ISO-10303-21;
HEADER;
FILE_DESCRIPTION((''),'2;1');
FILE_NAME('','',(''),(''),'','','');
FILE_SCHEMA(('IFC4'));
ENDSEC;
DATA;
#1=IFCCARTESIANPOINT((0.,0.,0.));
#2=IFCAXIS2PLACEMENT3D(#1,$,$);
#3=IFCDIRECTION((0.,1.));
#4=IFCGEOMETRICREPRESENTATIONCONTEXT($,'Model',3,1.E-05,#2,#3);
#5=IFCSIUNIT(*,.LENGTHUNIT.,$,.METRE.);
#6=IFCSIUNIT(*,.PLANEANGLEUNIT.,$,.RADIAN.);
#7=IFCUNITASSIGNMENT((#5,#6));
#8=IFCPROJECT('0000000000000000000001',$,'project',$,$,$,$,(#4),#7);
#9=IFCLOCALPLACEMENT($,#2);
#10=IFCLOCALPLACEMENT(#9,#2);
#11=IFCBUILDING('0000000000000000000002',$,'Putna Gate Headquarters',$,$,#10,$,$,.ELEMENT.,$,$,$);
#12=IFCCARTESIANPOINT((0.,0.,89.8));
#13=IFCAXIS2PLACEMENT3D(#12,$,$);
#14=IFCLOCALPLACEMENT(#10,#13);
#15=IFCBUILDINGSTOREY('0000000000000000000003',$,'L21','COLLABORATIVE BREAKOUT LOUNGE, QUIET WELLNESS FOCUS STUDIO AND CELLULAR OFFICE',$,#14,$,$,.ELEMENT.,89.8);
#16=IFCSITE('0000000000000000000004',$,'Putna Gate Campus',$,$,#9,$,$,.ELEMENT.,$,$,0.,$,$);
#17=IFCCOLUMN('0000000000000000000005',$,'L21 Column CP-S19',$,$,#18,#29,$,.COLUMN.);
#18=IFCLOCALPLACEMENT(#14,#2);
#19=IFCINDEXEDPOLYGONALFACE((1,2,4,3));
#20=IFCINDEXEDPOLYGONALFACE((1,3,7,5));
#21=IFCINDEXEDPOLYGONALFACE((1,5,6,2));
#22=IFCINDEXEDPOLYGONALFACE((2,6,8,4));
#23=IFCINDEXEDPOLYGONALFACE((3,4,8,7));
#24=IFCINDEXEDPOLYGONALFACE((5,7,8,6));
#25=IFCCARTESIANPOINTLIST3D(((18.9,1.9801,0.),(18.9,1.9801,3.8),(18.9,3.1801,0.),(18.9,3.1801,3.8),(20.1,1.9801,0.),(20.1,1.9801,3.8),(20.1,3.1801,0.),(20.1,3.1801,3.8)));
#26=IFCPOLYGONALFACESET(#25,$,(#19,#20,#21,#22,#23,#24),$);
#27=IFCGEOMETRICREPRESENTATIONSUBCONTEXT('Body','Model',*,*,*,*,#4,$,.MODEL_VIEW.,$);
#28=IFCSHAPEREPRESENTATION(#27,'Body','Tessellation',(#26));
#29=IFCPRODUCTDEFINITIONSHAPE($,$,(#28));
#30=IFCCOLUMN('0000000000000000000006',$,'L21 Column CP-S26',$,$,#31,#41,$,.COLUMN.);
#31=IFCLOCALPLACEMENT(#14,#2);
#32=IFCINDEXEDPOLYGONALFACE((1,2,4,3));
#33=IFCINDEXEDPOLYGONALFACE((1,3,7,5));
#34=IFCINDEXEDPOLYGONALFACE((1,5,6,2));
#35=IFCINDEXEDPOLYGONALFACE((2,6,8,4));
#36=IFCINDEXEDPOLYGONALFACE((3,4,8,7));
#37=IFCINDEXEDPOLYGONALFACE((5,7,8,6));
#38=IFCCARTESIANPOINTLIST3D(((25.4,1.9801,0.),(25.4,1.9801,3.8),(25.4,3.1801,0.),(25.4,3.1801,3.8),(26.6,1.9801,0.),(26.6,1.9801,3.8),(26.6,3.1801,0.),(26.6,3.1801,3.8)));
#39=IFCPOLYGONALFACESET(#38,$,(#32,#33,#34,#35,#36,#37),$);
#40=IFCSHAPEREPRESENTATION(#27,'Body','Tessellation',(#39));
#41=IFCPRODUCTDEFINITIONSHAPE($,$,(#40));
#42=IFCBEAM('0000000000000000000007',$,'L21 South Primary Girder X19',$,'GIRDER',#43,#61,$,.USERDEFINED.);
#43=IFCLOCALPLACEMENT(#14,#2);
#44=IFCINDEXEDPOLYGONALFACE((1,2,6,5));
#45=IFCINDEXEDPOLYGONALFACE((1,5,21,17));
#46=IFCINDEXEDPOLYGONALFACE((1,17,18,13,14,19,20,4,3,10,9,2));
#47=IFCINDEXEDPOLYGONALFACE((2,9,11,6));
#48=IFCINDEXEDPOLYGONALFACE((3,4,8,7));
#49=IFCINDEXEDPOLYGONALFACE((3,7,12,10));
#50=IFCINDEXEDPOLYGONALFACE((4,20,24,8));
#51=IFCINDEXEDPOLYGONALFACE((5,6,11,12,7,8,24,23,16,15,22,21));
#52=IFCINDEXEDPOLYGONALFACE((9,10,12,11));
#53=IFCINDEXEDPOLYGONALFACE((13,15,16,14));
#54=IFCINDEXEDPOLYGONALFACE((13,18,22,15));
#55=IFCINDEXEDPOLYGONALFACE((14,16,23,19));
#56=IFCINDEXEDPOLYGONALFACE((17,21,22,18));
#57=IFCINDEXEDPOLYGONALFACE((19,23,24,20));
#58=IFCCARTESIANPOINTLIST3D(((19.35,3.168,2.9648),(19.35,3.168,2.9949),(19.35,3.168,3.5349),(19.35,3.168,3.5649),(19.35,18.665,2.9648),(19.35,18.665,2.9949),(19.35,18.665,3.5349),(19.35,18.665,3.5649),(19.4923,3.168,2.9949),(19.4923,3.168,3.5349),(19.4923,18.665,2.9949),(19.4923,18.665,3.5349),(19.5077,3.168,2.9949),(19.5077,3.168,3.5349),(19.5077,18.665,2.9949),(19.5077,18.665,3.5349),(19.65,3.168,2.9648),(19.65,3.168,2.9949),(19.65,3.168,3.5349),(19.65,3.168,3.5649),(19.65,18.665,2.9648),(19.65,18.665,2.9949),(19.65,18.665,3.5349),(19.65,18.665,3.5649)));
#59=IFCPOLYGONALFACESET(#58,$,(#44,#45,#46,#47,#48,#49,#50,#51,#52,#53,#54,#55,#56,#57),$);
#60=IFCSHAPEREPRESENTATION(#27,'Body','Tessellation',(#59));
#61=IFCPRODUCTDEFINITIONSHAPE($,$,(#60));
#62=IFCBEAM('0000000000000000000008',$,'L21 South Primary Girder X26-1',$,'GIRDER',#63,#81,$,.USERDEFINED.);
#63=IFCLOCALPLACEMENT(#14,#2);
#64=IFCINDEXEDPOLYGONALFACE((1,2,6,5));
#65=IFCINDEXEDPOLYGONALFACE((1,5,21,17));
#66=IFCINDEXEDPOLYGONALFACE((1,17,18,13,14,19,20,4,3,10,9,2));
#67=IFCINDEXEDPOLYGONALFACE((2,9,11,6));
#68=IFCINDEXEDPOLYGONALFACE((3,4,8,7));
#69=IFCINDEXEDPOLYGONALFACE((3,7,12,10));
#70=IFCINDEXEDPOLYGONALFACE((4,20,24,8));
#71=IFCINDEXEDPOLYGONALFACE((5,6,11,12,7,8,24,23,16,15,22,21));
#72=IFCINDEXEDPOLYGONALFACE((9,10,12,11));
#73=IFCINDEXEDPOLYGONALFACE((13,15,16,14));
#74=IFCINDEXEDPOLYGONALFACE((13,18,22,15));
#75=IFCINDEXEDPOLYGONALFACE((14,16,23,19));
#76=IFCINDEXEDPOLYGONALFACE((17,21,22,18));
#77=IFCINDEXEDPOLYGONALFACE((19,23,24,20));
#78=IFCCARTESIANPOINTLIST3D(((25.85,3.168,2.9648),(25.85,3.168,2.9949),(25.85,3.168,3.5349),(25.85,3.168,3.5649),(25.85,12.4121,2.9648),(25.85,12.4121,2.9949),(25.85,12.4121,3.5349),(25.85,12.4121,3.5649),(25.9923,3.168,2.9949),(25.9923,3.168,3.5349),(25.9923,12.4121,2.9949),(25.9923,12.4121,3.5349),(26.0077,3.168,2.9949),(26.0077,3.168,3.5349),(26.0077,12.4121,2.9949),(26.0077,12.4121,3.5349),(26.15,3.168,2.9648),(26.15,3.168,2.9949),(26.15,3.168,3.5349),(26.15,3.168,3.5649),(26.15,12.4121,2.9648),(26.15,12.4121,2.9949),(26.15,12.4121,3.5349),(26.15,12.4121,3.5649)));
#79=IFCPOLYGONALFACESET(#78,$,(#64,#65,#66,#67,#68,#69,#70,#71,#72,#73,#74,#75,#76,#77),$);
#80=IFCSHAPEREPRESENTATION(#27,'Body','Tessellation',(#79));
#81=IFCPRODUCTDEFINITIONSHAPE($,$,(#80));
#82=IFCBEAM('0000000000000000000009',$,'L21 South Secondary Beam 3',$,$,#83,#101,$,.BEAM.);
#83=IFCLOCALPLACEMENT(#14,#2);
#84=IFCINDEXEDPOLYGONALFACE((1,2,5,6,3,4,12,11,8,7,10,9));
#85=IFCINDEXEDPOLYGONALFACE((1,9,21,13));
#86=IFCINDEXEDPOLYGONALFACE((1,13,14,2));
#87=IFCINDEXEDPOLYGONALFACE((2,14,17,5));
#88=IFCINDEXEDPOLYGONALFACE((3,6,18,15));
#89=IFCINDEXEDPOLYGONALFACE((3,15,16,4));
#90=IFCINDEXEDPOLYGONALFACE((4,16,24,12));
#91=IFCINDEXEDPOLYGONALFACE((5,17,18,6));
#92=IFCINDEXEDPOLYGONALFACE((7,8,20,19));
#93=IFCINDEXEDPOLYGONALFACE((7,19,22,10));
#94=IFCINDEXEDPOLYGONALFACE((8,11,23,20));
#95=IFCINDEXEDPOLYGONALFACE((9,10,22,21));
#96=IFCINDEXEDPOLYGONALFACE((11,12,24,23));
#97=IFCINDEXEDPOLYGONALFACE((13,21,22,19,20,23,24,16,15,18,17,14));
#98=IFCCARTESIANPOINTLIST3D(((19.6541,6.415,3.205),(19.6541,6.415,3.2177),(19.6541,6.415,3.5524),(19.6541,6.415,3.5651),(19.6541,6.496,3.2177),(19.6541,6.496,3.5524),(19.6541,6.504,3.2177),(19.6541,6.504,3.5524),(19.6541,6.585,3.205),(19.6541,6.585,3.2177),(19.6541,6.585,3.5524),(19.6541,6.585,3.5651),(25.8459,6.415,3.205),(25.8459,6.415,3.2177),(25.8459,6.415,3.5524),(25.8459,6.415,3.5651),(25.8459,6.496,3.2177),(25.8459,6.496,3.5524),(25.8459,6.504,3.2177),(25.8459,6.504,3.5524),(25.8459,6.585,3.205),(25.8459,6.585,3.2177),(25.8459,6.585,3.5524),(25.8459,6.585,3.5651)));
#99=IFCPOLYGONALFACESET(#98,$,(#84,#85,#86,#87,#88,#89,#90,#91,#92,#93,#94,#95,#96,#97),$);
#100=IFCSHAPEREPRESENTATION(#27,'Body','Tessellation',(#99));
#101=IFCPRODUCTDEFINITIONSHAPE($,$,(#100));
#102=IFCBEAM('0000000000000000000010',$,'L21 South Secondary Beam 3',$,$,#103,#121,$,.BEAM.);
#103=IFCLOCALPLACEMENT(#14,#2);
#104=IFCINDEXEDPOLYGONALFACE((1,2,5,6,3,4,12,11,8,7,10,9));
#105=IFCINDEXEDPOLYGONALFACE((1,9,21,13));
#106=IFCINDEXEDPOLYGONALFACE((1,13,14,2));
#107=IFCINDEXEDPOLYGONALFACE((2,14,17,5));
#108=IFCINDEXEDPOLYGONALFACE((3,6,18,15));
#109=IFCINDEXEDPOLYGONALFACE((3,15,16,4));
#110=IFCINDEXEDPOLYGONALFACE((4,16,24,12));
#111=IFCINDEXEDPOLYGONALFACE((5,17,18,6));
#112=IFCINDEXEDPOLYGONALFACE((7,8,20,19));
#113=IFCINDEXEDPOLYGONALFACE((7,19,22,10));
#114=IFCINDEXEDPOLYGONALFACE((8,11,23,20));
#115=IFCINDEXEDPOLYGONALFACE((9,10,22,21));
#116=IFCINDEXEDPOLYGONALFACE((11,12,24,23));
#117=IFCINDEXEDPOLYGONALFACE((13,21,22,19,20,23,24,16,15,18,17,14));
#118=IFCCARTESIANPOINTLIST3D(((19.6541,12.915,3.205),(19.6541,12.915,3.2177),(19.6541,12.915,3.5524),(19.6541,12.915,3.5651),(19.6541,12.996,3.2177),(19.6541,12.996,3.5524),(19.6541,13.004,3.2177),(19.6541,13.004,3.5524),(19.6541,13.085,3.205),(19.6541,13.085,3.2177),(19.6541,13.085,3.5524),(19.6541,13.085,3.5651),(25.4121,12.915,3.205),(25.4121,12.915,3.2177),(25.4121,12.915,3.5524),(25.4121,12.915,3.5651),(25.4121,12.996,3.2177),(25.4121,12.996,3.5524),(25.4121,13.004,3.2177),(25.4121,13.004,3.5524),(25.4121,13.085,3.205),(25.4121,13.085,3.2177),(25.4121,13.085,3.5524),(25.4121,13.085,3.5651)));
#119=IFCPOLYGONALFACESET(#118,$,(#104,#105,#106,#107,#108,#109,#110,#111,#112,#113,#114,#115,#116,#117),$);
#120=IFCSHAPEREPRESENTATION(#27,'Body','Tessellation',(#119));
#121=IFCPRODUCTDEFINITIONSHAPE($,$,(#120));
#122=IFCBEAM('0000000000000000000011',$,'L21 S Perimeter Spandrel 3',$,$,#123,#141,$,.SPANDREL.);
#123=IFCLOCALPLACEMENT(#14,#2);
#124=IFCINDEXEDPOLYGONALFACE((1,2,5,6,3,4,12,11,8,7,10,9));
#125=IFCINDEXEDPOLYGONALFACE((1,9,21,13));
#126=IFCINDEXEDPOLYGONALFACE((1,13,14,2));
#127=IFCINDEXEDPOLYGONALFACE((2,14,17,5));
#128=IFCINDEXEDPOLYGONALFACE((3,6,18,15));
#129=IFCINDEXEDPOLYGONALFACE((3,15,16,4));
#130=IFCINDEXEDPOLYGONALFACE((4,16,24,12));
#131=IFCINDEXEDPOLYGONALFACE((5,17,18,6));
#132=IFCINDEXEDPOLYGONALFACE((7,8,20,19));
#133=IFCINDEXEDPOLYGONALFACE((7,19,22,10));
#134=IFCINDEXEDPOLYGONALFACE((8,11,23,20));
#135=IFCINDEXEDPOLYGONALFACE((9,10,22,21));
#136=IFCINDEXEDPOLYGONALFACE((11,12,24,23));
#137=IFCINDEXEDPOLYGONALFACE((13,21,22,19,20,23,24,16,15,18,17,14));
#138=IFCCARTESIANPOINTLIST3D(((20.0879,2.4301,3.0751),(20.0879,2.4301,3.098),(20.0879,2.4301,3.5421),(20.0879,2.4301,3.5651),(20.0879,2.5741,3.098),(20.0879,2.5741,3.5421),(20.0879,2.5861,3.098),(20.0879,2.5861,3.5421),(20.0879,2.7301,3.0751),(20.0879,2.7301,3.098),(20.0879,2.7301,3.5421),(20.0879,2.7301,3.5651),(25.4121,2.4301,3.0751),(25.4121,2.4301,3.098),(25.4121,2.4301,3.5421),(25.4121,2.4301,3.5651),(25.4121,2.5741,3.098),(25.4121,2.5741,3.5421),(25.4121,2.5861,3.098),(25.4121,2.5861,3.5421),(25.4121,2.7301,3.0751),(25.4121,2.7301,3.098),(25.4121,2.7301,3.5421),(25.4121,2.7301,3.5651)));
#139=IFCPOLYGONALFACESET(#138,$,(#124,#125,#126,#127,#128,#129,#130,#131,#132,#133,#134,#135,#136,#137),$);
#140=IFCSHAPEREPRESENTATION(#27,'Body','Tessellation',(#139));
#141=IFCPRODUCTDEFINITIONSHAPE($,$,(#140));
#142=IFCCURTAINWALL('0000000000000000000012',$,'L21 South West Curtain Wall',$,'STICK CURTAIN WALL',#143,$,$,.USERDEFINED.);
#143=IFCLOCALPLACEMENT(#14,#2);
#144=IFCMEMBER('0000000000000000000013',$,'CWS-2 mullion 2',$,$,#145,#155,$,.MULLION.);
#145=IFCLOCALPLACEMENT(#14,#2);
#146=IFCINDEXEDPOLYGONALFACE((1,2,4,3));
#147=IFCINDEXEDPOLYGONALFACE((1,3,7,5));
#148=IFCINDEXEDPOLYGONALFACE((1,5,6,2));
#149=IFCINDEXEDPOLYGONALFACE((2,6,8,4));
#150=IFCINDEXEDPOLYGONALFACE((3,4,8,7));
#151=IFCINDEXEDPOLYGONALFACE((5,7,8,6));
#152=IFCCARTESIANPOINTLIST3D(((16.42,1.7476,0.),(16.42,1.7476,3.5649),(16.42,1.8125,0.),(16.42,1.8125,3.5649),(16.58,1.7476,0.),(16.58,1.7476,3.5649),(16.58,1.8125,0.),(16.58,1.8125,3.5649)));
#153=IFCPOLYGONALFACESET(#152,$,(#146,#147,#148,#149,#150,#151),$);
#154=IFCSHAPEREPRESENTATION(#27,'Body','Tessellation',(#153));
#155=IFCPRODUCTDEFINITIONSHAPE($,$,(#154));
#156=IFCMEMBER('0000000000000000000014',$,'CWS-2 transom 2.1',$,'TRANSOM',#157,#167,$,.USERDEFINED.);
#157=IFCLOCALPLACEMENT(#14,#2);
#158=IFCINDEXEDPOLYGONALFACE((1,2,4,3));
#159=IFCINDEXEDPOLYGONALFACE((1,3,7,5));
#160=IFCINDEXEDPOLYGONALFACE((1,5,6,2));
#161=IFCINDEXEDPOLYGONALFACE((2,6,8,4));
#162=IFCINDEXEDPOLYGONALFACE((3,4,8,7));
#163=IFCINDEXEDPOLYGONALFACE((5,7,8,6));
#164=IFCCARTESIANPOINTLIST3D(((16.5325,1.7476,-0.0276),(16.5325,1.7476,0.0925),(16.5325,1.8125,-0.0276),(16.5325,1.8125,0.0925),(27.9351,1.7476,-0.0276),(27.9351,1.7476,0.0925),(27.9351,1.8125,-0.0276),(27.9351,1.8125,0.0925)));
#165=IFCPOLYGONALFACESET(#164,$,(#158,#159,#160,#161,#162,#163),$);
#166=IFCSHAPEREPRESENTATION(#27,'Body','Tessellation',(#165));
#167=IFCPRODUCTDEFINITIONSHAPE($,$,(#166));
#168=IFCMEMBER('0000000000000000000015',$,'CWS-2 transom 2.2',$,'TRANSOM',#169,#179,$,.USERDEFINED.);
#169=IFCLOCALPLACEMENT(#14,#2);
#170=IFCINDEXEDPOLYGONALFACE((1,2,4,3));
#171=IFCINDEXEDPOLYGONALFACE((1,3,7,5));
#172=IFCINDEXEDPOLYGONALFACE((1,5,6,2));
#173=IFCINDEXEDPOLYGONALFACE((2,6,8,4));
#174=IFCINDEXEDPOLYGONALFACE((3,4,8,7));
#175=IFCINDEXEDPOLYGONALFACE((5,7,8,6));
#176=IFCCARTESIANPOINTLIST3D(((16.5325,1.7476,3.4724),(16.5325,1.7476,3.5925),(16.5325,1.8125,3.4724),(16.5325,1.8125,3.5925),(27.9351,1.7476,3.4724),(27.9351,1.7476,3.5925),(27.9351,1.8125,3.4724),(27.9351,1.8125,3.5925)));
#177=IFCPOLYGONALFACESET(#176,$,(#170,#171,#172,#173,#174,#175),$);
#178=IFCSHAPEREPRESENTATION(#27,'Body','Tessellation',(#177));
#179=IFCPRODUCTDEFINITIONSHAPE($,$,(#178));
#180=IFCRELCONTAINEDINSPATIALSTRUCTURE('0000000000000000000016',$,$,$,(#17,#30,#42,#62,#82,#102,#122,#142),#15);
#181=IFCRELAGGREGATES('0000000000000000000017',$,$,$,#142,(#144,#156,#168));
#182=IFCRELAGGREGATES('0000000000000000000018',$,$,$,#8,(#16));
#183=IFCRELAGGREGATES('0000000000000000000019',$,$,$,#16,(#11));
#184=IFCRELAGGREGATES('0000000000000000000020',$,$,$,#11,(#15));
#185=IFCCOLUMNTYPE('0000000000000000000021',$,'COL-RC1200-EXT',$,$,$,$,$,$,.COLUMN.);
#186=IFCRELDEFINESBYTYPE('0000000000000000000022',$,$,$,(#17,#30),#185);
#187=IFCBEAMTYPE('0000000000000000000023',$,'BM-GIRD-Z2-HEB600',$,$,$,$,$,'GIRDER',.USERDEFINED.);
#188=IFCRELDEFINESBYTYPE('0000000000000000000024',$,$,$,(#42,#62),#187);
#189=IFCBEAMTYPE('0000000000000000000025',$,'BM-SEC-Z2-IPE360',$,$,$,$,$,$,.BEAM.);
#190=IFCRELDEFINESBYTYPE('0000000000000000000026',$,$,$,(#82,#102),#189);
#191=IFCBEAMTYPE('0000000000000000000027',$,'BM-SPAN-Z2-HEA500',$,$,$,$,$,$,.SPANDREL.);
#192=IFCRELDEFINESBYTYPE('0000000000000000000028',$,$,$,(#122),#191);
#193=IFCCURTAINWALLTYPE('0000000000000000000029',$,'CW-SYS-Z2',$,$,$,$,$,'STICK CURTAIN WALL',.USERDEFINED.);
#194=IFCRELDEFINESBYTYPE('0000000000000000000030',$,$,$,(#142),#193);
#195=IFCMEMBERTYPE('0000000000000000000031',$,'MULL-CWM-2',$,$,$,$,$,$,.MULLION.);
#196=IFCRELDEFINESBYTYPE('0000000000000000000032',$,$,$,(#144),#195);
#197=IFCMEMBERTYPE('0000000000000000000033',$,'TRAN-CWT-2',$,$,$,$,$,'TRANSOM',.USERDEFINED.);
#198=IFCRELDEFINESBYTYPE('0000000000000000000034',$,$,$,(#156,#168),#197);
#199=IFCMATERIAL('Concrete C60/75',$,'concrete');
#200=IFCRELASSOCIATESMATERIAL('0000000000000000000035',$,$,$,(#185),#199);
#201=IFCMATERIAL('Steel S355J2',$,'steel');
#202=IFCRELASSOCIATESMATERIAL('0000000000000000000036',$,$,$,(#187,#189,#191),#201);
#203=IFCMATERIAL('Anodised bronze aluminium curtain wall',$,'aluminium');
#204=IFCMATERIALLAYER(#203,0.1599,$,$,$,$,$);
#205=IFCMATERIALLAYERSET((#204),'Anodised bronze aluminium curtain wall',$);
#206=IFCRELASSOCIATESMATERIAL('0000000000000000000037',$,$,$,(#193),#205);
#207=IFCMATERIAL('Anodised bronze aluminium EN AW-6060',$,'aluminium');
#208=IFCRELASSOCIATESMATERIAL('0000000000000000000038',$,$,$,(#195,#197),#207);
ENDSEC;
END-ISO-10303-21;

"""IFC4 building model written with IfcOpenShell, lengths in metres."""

from ifc_helpers import new_model, si_unit, direction, frame, origin, origin_2d, place, context, subcontext, project, spatial, rectangle, i_section, extrude, material, layer, layer_set, material_profile, profile_set, type_object, element, aggregate, save


model = new_model("IFC4")

# Units and contexts
model_context = context("Model", 3, precision=1e-05, world=origin(), true_north=direction((0.0, 1.0)))
body_context = subcontext(model_context, "Body", "Model", "MODEL_VIEW")
ifc_project = project(units=[si_unit("LENGTHUNIT", "METRE"), si_unit("PLANEANGLEUNIT", "RADIAN")], contexts=[model_context])

# Site, building, storey
site_placement = place(None, origin())
site = spatial("IfcSite", under=ifc_project, at=site_placement, Name="Putna Gate Campus", CompositionType="ELEMENT", RefElevation=0.0)
building_placement = place(site_placement, origin())
building = spatial("IfcBuilding", under=site, at=building_placement, Name="Putna Gate Headquarters", CompositionType="ELEMENT")
storey_placement = place(building_placement, frame((0.0, 0.0, 89.8)))
storey = spatial("IfcBuildingStorey", under=building, at=storey_placement, Name="L21", Description="COLLABORATIVE BREAKOUT LOUNGE, QUIET WELLNESS FOCUS STUDIO AND CELLULAR OFFICE", CompositionType="ELEMENT", Elevation=89.8)

# Columns
ifc_material_1 = material(Name="Concrete C60/75", Category="concrete")
ifc_material_profile_1 = material_profile(ifc_material_1, rectangle(XDim=1.2, YDim=1.2, at=origin_2d()), Name="Concrete C60/75")
ifc_profile_set_1 = profile_set([ifc_material_profile_1], Name="Concrete C60/75")
column_type = type_object("IfcColumnType", Name="COL-RC1200-EXT", PredefinedType="COLUMN", material=ifc_profile_set_1)
for number, where, z_axis, x_axis, name in (
    (1, (19.5, 2.5801, 0.0), (0.0, 0.0, 1.0), (1.0, 0.0, 0.0), "L21 Column CP-S19"),
    (2, (26.0, 2.5801, 0.0), (0.0, 0.0, 1.0), (1.0, 0.0, 0.0), "L21 Column CP-S26"),
):
    element("IfcColumn", number, at=place(storey_placement, frame(where, z_axis=z_axis, x_axis=x_axis)), inside=storey, type_object=column_type, Name=name, PredefinedType="COLUMN", context=body_context, shape_type="SweptSolid", body=[
        extrude(rectangle(XDim=1.2, YDim=1.2, at=origin_2d()), origin(), (0.0, 0.0, 1.0), 3.8),
    ])

# Beams
ifc_material_2 = material(Name="Steel S355J2", Category="steel")
ifc_material_profile_2 = material_profile(ifc_material_2, i_section(OverallWidth=0.3, OverallDepth=0.6001, WebThickness=0.0154, FlangeThickness=0.03, at=origin_2d()), Name="Steel S355J2")
ifc_profile_set_2 = profile_set([ifc_material_profile_2], Name="Steel S355J2")
beam_type_1 = type_object("IfcBeamType", Name="BM-GIRD-Z2-HEB600", ElementType="GIRDER", PredefinedType="USERDEFINED", material=ifc_profile_set_2)
beam_1_placement = place(storey_placement, frame((19.5, 3.168, 3.2649), z_axis=(0.0, 1.0, 0.0), x_axis=(-1.0, 0.0, 0.0)))
element("IfcBeam", 3, at=beam_1_placement, inside=storey, type_object=beam_type_1, Name="L21 South Primary Girder X19", ObjectType="GIRDER", PredefinedType="USERDEFINED", context=body_context, shape_type="SweptSolid", body=[
    extrude(i_section(OverallWidth=0.3, OverallDepth=0.6001, WebThickness=0.0154, FlangeThickness=0.03, at=origin_2d()), origin(), (0.0, 0.0, 1.0), 15.4971),
])
beam_2_placement = place(storey_placement, frame((26.0, 3.168, 3.2649), z_axis=(0.0, 1.0, 0.0), x_axis=(-1.0, 0.0, 0.0)))
element("IfcBeam", 4, at=beam_2_placement, inside=storey, type_object=beam_type_1, Name="L21 South Primary Girder X26-1", ObjectType="GIRDER", PredefinedType="USERDEFINED", context=body_context, shape_type="SweptSolid", body=[
    extrude(i_section(OverallWidth=0.3, OverallDepth=0.6001, WebThickness=0.0154, FlangeThickness=0.03, at=origin_2d()), origin(), (0.0, 0.0, 1.0), 9.2441),
])
ifc_material_profile_3 = material_profile(ifc_material_2, i_section(OverallWidth=0.1699, OverallDepth=0.3601, WebThickness=0.0081, FlangeThickness=0.0127, at=origin_2d()), Name="Steel S355J2")
ifc_profile_set_3 = profile_set([ifc_material_profile_3], Name="Steel S355J2")
beam_type_2 = type_object("IfcBeamType", Name="BM-SEC-Z2-IPE360", PredefinedType="BEAM", material=ifc_profile_set_3)
beam_3_placement = place(storey_placement, frame((19.6541, 6.5, 3.385), z_axis=(1.0, 0.0, 0.0), x_axis=(0.0, 1.0, 0.0)))
element("IfcBeam", 5, at=beam_3_placement, inside=storey, type_object=beam_type_2, Name="L21 South Secondary Beam 3", PredefinedType="BEAM", context=body_context, shape_type="SweptSolid", body=[
    extrude(i_section(OverallWidth=0.1699, OverallDepth=0.3601, WebThickness=0.0081, FlangeThickness=0.0127, at=origin_2d()), origin(), (0.0, 0.0, 1.0), 6.1919),
])
beam_4_placement = place(storey_placement, frame((19.6541, 13.0, 3.385), z_axis=(1.0, 0.0, 0.0), x_axis=(0.0, 1.0, 0.0)))
element("IfcBeam", 6, at=beam_4_placement, inside=storey, type_object=beam_type_2, Name="L21 South Secondary Beam 3", PredefinedType="BEAM", context=body_context, shape_type="SweptSolid", body=[
    extrude(i_section(OverallWidth=0.1699, OverallDepth=0.3601, WebThickness=0.0081, FlangeThickness=0.0127, at=origin_2d()), origin(), (0.0, 0.0, 1.0), 5.7581),
])
ifc_material_profile_4 = material_profile(ifc_material_2, i_section(OverallWidth=0.3, OverallDepth=0.49, WebThickness=0.012, FlangeThickness=0.0229, at=origin_2d()), Name="Steel S355J2")
ifc_profile_set_4 = profile_set([ifc_material_profile_4], Name="Steel S355J2")
beam_type_3 = type_object("IfcBeamType", Name="BM-SPAN-Z2-HEA500", PredefinedType="SPANDREL", material=ifc_profile_set_4)
beam_5_placement = place(storey_placement, frame((20.0879, 2.5801, 3.3201), z_axis=(1.0, 0.0, 0.0), x_axis=(0.0, 1.0, 0.0)))
element("IfcBeam", 7, at=beam_5_placement, inside=storey, type_object=beam_type_3, Name="L21 S Perimeter Spandrel 3", PredefinedType="SPANDREL", context=body_context, shape_type="SweptSolid", body=[
    extrude(i_section(OverallWidth=0.3, OverallDepth=0.49, WebThickness=0.012, FlangeThickness=0.0229, at=origin_2d()), origin(), (0.0, 0.0, 1.0), 5.3242),
])

# Curtain wall, members
ifc_material_3 = material(Name="Anodised bronze aluminium curtain wall", Category="aluminium")
ifc_layer_1 = layer(ifc_material_3, 0.1599)
ifc_layer_set_1 = layer_set([ifc_layer_1], Name="Anodised bronze aluminium curtain wall")
curtain_wall_type = type_object("IfcCurtainWallType", Name="CW-SYS-Z2", ElementType="STICK CURTAIN WALL", PredefinedType="USERDEFINED", material=ifc_layer_set_1)
curtain_wall_placement = place(storey_placement, origin())
curtain_wall = element("IfcCurtainWall", 8, at=curtain_wall_placement, inside=storey, type_object=curtain_wall_type, Name="L21 South West Curtain Wall", ObjectType="STICK CURTAIN WALL", PredefinedType="USERDEFINED")
ifc_material_4 = material(Name="Anodised bronze aluminium EN AW-6060", Category="aluminium")
ifc_material_profile_5 = material_profile(ifc_material_4, rectangle(XDim=0.0649, YDim=0.1599, at=origin_2d()), Name="Anodised bronze aluminium EN AW-6060")
ifc_profile_set_5 = profile_set([ifc_material_profile_5], Name="Anodised bronze aluminium EN AW-6060")
member_type_1 = type_object("IfcMemberType", Name="MULL-CWM-2", PredefinedType="MULLION", material=ifc_profile_set_5)
member_1_placement = place(storey_placement, frame((16.5, 1.78, 0.0), z_axis=(0.0, 0.0, 1.0), x_axis=(0.0, 1.0, 0.0)))
member_1 = element("IfcMember", 9, at=member_1_placement, type_object=member_type_1, Name="CWS-2 mullion 2", PredefinedType="MULLION", context=body_context, shape_type="SweptSolid", body=[
    extrude(rectangle(XDim=0.0649, YDim=0.1599, at=origin_2d()), origin(), (0.0, 0.0, 1.0), 3.5649),
])
ifc_material_profile_6 = material_profile(ifc_material_4, rectangle(XDim=0.0649, YDim=0.1201, at=origin_2d()), Name="Anodised bronze aluminium EN AW-6060")
ifc_profile_set_6 = profile_set([ifc_material_profile_6], Name="Anodised bronze aluminium EN AW-6060")
member_type_2 = type_object("IfcMemberType", Name="TRAN-CWT-2", ElementType="TRANSOM", PredefinedType="USERDEFINED", material=ifc_profile_set_6)
member_2_placement = place(storey_placement, frame((16.5325, 1.78, 0.0325), z_axis=(1.0, 0.0, 0.0), x_axis=(0.0, 1.0, 0.0)))
member_2 = element("IfcMember", 10, at=member_2_placement, type_object=member_type_2, Name="CWS-2 transom 2.1", ObjectType="TRANSOM", PredefinedType="USERDEFINED", context=body_context, shape_type="SweptSolid", body=[
    extrude(rectangle(XDim=0.0649, YDim=0.1201, at=origin_2d()), origin(), (0.0, 0.0, 1.0), 11.4026),
])
member_3_placement = place(storey_placement, frame((16.5325, 1.78, 3.5325), z_axis=(1.0, 0.0, 0.0), x_axis=(0.0, 1.0, 0.0)))
member_3 = element("IfcMember", 11, at=member_3_placement, type_object=member_type_2, Name="CWS-2 transom 2.2", ObjectType="TRANSOM", PredefinedType="USERDEFINED", context=body_context, shape_type="SweptSolid", body=[
    extrude(rectangle(XDim=0.0649, YDim=0.1201, at=origin_2d()), origin(), (0.0, 0.0, 1.0), 11.4026),
])
aggregate(curtain_wall, [member_1, member_2, member_3])

save(model, "model.ifc")
